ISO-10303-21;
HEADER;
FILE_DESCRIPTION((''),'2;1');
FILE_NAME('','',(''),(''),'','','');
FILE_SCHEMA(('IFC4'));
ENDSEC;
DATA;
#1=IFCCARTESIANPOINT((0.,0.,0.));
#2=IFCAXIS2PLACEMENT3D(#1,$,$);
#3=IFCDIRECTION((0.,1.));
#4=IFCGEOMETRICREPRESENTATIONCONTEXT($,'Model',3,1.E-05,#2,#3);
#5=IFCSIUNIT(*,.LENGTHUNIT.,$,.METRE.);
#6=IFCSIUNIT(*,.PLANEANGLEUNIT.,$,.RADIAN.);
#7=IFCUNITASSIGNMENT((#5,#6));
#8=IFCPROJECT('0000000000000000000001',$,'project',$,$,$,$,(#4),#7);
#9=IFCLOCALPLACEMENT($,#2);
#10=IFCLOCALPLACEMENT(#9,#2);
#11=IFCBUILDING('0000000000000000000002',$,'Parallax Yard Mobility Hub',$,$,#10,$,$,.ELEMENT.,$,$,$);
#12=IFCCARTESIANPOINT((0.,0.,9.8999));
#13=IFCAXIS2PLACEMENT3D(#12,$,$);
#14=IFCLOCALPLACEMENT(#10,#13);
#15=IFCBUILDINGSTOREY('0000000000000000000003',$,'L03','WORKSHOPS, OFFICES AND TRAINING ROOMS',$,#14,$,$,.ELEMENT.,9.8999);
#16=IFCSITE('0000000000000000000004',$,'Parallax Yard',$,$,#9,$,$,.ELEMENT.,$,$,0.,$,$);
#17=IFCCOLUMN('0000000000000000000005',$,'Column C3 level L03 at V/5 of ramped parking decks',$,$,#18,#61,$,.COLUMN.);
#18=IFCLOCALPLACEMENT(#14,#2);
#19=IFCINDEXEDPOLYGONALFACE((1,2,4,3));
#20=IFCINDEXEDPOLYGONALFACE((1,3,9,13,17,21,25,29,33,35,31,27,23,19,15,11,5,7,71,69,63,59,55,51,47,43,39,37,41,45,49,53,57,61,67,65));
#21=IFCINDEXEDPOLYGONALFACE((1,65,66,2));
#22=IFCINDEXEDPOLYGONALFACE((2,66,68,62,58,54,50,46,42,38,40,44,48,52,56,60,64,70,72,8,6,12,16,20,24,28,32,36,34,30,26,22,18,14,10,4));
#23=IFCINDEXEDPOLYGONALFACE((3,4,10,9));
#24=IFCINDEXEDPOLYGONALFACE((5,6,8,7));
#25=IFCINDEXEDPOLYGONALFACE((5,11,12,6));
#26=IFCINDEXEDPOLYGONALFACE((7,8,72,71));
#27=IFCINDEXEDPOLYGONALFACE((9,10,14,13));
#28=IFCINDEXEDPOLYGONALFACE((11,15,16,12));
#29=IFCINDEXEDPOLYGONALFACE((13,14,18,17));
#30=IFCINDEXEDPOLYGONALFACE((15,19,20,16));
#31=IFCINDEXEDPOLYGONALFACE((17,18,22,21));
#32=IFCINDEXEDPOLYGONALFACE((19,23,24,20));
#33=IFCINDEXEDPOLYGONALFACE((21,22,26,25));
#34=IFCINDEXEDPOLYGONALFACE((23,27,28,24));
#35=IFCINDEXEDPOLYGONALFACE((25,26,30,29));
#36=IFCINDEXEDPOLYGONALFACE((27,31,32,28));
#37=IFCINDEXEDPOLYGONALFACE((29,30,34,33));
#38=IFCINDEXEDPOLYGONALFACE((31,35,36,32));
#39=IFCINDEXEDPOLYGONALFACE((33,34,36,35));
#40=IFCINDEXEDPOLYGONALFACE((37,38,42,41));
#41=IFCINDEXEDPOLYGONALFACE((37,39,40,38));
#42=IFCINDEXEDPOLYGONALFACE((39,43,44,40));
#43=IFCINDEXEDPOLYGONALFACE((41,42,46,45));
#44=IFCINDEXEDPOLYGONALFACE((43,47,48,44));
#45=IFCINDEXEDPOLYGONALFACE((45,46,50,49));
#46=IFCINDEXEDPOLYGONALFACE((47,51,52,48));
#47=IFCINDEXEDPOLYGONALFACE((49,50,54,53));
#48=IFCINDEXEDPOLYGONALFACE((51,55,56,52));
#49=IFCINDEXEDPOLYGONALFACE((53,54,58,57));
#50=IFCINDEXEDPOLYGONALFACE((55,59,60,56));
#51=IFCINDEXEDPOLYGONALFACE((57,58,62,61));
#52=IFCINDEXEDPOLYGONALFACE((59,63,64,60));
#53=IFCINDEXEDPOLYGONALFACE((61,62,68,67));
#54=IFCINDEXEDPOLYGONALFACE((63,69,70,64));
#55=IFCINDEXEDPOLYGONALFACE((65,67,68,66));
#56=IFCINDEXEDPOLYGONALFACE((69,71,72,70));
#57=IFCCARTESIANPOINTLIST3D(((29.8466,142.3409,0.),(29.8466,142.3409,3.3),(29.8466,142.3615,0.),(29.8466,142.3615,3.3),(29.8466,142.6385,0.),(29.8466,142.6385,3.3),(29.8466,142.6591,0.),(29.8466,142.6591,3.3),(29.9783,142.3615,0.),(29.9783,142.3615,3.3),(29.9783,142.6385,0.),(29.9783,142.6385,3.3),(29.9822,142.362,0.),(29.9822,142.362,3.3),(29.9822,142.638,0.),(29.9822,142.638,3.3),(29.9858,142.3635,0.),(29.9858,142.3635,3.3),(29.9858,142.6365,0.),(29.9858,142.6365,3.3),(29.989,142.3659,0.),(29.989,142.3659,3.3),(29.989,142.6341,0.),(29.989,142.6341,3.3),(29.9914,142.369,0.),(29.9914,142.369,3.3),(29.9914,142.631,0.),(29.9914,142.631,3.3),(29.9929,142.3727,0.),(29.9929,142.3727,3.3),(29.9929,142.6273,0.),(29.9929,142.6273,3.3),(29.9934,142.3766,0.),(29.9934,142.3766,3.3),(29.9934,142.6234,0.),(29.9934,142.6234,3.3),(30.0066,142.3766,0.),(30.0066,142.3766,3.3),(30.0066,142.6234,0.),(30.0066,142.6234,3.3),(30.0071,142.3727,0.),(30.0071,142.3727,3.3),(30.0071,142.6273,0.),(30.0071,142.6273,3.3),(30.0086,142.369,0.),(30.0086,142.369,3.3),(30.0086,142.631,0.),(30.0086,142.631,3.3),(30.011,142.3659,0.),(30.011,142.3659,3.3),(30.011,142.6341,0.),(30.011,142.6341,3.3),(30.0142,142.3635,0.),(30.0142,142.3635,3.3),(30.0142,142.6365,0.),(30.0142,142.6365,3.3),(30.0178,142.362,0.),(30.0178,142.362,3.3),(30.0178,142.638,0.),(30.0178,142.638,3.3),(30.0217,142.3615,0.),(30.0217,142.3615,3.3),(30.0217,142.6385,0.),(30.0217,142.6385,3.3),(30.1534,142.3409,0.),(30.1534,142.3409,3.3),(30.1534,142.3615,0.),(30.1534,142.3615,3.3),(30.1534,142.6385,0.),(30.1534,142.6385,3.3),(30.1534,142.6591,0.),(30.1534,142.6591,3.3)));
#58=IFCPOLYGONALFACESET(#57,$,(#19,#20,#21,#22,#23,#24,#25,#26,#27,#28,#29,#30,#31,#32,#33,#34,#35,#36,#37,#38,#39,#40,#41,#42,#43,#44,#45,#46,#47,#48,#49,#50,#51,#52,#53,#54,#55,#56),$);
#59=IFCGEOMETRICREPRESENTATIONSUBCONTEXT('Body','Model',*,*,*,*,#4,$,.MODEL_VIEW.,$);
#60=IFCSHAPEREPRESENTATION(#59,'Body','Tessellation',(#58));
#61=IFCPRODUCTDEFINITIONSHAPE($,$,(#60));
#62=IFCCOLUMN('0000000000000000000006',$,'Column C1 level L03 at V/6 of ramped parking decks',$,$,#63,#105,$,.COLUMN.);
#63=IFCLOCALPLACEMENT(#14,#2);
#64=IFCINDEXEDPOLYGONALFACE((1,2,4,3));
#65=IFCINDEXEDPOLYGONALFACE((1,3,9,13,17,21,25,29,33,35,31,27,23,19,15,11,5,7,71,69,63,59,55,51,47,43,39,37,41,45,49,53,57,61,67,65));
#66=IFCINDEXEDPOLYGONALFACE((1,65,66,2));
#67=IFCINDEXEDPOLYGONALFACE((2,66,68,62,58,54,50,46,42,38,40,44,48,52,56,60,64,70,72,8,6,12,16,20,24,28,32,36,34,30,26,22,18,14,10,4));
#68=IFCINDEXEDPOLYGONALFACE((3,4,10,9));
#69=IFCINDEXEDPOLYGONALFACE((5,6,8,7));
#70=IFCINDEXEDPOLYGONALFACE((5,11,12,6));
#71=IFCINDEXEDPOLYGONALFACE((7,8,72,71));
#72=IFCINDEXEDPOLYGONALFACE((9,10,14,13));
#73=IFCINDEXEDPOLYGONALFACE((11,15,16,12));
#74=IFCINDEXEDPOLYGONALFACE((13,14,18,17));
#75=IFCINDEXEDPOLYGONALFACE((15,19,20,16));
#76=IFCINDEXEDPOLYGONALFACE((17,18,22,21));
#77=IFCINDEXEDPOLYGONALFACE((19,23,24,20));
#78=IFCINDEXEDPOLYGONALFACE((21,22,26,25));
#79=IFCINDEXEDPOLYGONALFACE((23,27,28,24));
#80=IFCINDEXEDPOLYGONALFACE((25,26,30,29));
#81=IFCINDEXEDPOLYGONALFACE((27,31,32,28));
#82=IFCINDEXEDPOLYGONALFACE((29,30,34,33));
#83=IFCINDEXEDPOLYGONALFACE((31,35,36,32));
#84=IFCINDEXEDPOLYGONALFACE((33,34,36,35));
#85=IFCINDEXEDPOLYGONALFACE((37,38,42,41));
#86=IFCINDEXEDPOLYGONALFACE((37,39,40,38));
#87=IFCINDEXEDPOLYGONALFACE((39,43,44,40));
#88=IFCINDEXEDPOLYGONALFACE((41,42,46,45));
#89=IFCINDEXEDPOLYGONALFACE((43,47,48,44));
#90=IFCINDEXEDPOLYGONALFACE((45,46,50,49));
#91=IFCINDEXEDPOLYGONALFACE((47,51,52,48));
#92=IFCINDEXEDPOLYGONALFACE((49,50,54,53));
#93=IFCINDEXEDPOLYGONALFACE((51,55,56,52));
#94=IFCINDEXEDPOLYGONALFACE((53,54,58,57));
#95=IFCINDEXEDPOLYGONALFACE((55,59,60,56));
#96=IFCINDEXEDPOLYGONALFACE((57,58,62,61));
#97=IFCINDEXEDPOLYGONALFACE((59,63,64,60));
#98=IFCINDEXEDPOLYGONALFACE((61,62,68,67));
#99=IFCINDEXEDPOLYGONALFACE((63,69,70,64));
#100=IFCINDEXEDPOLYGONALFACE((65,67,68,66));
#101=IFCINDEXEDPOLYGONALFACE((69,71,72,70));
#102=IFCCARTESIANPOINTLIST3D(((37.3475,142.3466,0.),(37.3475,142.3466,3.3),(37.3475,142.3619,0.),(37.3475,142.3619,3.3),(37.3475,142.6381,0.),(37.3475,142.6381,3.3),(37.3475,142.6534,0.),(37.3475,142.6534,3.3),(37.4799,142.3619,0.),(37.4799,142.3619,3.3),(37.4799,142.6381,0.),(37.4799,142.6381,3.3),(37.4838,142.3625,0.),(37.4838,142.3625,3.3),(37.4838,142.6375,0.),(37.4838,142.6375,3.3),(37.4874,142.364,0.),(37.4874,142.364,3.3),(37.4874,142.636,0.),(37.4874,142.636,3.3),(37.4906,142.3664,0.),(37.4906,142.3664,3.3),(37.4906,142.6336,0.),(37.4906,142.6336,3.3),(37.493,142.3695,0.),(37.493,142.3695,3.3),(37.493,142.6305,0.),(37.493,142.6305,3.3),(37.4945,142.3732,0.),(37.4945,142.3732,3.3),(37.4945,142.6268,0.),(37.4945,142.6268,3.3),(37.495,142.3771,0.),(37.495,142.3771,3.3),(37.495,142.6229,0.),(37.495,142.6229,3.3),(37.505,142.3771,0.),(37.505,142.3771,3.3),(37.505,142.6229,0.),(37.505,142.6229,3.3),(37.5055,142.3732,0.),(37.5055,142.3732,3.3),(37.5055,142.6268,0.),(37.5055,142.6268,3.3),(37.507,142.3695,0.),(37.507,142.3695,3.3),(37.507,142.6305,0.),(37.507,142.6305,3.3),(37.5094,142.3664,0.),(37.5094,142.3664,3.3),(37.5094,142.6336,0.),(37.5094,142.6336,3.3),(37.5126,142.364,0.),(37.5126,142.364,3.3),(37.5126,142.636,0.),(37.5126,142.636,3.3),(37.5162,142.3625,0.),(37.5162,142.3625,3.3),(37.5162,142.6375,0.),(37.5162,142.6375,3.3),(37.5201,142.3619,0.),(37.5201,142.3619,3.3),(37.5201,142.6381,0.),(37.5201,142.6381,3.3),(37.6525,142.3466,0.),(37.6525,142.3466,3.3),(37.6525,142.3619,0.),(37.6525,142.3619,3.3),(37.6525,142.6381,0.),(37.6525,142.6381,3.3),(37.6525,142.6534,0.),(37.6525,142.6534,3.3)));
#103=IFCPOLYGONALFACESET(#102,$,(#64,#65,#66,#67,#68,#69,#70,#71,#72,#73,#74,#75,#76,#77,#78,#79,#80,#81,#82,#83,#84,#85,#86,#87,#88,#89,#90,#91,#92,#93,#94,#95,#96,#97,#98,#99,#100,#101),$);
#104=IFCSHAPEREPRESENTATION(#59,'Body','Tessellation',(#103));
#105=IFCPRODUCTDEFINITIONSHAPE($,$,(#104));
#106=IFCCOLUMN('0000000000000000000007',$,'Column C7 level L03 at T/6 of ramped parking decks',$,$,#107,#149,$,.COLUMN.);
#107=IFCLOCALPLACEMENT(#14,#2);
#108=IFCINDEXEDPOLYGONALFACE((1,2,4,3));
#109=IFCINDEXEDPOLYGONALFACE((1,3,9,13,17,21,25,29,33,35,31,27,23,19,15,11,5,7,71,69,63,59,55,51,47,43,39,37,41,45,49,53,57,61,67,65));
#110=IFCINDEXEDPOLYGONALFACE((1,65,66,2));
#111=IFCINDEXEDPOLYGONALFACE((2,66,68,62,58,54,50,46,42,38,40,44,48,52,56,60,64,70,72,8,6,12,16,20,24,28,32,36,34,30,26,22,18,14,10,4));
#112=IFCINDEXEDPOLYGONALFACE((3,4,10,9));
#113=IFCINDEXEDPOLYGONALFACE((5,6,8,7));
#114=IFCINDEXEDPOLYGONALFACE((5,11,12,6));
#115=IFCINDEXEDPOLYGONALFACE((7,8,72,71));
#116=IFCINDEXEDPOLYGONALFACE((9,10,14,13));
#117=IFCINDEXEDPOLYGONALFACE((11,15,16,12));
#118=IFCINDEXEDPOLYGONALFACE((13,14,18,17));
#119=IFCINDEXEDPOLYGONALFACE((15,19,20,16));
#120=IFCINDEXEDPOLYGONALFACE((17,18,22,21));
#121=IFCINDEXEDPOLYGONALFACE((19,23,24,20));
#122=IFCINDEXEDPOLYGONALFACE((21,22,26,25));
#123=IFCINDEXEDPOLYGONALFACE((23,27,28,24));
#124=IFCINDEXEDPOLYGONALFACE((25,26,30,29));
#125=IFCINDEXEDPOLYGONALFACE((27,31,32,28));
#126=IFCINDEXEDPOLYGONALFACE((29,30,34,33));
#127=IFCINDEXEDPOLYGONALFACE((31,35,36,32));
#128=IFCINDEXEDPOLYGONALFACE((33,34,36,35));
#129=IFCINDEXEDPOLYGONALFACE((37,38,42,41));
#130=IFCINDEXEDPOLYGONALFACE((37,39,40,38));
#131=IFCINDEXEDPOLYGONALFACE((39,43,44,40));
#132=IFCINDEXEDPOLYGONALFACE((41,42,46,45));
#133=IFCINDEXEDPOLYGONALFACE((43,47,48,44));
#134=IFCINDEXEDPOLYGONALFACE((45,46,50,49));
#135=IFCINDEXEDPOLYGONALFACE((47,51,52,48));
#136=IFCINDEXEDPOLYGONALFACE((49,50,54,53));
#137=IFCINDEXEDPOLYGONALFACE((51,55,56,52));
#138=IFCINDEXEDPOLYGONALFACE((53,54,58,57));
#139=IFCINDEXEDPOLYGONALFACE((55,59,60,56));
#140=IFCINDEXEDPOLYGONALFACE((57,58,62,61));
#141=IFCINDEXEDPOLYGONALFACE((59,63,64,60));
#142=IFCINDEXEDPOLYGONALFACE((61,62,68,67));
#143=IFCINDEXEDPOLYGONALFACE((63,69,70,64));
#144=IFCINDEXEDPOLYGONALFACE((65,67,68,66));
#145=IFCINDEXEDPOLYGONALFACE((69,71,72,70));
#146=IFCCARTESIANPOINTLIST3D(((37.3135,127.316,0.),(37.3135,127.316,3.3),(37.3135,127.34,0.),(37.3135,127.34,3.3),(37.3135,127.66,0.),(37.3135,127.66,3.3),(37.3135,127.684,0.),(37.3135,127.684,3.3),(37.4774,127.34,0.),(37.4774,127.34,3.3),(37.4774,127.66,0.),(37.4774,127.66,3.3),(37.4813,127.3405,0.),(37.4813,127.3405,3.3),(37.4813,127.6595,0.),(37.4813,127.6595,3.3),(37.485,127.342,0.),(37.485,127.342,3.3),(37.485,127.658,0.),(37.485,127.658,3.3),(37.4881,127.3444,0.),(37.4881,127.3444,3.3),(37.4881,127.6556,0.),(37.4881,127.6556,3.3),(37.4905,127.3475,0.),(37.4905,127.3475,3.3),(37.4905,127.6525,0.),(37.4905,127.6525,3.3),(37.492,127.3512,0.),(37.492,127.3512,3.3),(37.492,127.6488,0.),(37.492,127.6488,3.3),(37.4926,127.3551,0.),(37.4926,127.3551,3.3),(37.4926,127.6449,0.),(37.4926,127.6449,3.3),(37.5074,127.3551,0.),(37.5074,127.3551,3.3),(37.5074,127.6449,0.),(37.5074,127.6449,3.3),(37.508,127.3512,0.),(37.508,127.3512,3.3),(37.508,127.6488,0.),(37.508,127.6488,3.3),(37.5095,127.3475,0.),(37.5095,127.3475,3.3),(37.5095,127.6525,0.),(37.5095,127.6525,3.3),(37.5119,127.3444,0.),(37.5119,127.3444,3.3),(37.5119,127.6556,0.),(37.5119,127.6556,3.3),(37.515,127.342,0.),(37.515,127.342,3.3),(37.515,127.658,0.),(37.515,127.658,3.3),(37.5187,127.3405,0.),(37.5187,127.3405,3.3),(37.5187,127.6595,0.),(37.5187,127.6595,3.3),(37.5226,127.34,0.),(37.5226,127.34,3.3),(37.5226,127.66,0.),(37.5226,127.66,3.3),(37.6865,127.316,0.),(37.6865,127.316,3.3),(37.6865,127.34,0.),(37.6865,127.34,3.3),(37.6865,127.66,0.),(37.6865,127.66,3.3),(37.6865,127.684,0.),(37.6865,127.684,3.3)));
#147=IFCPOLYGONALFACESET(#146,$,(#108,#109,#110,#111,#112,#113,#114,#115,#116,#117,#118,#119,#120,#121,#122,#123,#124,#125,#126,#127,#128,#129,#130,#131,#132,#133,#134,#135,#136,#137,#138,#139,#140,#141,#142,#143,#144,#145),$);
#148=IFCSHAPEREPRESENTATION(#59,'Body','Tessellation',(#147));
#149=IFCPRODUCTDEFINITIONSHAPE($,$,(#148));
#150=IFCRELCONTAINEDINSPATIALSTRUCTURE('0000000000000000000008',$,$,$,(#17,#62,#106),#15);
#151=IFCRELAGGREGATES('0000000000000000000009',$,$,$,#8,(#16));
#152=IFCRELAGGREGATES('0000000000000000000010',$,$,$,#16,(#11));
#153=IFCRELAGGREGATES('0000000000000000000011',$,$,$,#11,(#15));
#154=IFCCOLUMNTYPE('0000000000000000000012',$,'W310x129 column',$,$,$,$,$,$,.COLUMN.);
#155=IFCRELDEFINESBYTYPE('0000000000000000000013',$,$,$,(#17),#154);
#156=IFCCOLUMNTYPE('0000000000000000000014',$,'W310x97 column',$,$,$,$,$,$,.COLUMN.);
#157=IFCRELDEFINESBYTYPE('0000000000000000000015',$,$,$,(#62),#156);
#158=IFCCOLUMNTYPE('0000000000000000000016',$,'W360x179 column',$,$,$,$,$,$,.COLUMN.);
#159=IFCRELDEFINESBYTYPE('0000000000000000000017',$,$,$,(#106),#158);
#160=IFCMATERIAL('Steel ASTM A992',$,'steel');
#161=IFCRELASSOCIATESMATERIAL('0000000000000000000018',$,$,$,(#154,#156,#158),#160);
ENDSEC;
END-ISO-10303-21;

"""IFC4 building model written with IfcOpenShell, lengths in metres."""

from ifc_helpers import new_model, si_unit, direction, frame, origin, origin_2d, place, context, subcontext, project, spatial, i_section, extrude, material, material_profile, profile_set, type_object, element, save


model = new_model("IFC4")

# Units and contexts
model_context = context("Model", 3, precision=1e-05, world=origin(), true_north=direction((0.0, 1.0)))
body_context = subcontext(model_context, "Body", "Model", "MODEL_VIEW")
ifc_project = project(units=[si_unit("LENGTHUNIT", "METRE"), si_unit("PLANEANGLEUNIT", "RADIAN")], contexts=[model_context])

# Site, building, storey
site_placement = place(None, origin())
site = spatial("IfcSite", under=ifc_project, at=site_placement, Name="Parallax Yard", CompositionType="ELEMENT", RefElevation=0.0)
building_placement = place(site_placement, origin())
building = spatial("IfcBuilding", under=site, at=building_placement, Name="Parallax Yard Mobility Hub", CompositionType="ELEMENT")
storey_placement = place(building_placement, frame((0.0, 0.0, 9.8999)))
storey = spatial("IfcBuildingStorey", under=building, at=storey_placement, Name="L03", Description="WORKSHOPS, OFFICES AND TRAINING ROOMS", CompositionType="ELEMENT", Elevation=9.8999)

# Columns
ifc_material_1 = material(Name="Steel ASTM A992", Category="steel")
ifc_material_profile_1 = material_profile(ifc_material_1, i_section(OverallWidth=0.3069, OverallDepth=0.3181, WebThickness=0.0132, FlangeThickness=0.0205, FilletRadius=0.0151, at=origin_2d()), Name="W310x129")
ifc_profile_set_1 = profile_set([ifc_material_profile_1], Name="Steel ASTM A992")
column_type_1 = type_object("IfcColumnType", Name="W310x129 column", PredefinedType="COLUMN", material=ifc_profile_set_1)
column_1_placement = place(storey_placement, frame((30.0, 142.5, 0.0), z_axis=(0.0, 0.0, 1.0), x_axis=(1.0, 0.0, 0.0)))
element("IfcColumn", 1, at=column_1_placement, inside=storey, type_object=column_type_1, Name="Column C3 level L03 at V/5 of ramped parking decks", PredefinedType="COLUMN", context=body_context, shape_type="SweptSolid", body=[
    extrude(i_section(OverallWidth=0.3069, OverallDepth=0.3181, WebThickness=0.0132, FlangeThickness=0.0205, FilletRadius=0.0151, at=origin_2d()), origin(), (0.0, 0.0, 1.0), 3.3),
])
ifc_material_profile_2 = material_profile(ifc_material_1, i_section(OverallWidth=0.3049, OverallDepth=0.3069, WebThickness=0.01, FlangeThickness=0.0154, FilletRadius=0.0151, at=origin_2d()), Name="W310x97")
ifc_profile_set_2 = profile_set([ifc_material_profile_2], Name="Steel ASTM A992")
column_type_2 = type_object("IfcColumnType", Name="W310x97 column", PredefinedType="COLUMN", material=ifc_profile_set_2)
column_2_placement = place(storey_placement, frame((37.5, 142.5, 0.0), z_axis=(0.0, 0.0, 1.0), x_axis=(1.0, 0.0, 0.0)))
element("IfcColumn", 2, at=column_2_placement, inside=storey, type_object=column_type_2, Name="Column C1 level L03 at V/6 of ramped parking decks", PredefinedType="COLUMN", context=body_context, shape_type="SweptSolid", body=[
    extrude(i_section(OverallWidth=0.3049, OverallDepth=0.3069, WebThickness=0.01, FlangeThickness=0.0154, FilletRadius=0.0151, at=origin_2d()), origin(), (0.0, 0.0, 1.0), 3.3),
])
ifc_material_profile_3 = material_profile(ifc_material_1, i_section(OverallWidth=0.373, OverallDepth=0.3679, WebThickness=0.0149, FlangeThickness=0.0239, FilletRadius=0.0151, at=origin_2d()), Name="W360x179")
ifc_profile_set_3 = profile_set([ifc_material_profile_3], Name="Steel ASTM A992")
column_type_3 = type_object("IfcColumnType", Name="W360x179 column", PredefinedType="COLUMN", material=ifc_profile_set_3)
column_3_placement = place(storey_placement, frame((37.5, 127.5, 0.0), z_axis=(0.0, 0.0, 1.0), x_axis=(1.0, 0.0, 0.0)))
element("IfcColumn", 3, at=column_3_placement, inside=storey, type_object=column_type_3, Name="Column C7 level L03 at T/6 of ramped parking decks", PredefinedType="COLUMN", context=body_context, shape_type="SweptSolid", body=[
    extrude(i_section(OverallWidth=0.373, OverallDepth=0.3679, WebThickness=0.0149, FlangeThickness=0.0239, FilletRadius=0.0151, at=origin_2d()), origin(), (0.0, 0.0, 1.0), 3.3),
])

save(model, "model.ifc")
